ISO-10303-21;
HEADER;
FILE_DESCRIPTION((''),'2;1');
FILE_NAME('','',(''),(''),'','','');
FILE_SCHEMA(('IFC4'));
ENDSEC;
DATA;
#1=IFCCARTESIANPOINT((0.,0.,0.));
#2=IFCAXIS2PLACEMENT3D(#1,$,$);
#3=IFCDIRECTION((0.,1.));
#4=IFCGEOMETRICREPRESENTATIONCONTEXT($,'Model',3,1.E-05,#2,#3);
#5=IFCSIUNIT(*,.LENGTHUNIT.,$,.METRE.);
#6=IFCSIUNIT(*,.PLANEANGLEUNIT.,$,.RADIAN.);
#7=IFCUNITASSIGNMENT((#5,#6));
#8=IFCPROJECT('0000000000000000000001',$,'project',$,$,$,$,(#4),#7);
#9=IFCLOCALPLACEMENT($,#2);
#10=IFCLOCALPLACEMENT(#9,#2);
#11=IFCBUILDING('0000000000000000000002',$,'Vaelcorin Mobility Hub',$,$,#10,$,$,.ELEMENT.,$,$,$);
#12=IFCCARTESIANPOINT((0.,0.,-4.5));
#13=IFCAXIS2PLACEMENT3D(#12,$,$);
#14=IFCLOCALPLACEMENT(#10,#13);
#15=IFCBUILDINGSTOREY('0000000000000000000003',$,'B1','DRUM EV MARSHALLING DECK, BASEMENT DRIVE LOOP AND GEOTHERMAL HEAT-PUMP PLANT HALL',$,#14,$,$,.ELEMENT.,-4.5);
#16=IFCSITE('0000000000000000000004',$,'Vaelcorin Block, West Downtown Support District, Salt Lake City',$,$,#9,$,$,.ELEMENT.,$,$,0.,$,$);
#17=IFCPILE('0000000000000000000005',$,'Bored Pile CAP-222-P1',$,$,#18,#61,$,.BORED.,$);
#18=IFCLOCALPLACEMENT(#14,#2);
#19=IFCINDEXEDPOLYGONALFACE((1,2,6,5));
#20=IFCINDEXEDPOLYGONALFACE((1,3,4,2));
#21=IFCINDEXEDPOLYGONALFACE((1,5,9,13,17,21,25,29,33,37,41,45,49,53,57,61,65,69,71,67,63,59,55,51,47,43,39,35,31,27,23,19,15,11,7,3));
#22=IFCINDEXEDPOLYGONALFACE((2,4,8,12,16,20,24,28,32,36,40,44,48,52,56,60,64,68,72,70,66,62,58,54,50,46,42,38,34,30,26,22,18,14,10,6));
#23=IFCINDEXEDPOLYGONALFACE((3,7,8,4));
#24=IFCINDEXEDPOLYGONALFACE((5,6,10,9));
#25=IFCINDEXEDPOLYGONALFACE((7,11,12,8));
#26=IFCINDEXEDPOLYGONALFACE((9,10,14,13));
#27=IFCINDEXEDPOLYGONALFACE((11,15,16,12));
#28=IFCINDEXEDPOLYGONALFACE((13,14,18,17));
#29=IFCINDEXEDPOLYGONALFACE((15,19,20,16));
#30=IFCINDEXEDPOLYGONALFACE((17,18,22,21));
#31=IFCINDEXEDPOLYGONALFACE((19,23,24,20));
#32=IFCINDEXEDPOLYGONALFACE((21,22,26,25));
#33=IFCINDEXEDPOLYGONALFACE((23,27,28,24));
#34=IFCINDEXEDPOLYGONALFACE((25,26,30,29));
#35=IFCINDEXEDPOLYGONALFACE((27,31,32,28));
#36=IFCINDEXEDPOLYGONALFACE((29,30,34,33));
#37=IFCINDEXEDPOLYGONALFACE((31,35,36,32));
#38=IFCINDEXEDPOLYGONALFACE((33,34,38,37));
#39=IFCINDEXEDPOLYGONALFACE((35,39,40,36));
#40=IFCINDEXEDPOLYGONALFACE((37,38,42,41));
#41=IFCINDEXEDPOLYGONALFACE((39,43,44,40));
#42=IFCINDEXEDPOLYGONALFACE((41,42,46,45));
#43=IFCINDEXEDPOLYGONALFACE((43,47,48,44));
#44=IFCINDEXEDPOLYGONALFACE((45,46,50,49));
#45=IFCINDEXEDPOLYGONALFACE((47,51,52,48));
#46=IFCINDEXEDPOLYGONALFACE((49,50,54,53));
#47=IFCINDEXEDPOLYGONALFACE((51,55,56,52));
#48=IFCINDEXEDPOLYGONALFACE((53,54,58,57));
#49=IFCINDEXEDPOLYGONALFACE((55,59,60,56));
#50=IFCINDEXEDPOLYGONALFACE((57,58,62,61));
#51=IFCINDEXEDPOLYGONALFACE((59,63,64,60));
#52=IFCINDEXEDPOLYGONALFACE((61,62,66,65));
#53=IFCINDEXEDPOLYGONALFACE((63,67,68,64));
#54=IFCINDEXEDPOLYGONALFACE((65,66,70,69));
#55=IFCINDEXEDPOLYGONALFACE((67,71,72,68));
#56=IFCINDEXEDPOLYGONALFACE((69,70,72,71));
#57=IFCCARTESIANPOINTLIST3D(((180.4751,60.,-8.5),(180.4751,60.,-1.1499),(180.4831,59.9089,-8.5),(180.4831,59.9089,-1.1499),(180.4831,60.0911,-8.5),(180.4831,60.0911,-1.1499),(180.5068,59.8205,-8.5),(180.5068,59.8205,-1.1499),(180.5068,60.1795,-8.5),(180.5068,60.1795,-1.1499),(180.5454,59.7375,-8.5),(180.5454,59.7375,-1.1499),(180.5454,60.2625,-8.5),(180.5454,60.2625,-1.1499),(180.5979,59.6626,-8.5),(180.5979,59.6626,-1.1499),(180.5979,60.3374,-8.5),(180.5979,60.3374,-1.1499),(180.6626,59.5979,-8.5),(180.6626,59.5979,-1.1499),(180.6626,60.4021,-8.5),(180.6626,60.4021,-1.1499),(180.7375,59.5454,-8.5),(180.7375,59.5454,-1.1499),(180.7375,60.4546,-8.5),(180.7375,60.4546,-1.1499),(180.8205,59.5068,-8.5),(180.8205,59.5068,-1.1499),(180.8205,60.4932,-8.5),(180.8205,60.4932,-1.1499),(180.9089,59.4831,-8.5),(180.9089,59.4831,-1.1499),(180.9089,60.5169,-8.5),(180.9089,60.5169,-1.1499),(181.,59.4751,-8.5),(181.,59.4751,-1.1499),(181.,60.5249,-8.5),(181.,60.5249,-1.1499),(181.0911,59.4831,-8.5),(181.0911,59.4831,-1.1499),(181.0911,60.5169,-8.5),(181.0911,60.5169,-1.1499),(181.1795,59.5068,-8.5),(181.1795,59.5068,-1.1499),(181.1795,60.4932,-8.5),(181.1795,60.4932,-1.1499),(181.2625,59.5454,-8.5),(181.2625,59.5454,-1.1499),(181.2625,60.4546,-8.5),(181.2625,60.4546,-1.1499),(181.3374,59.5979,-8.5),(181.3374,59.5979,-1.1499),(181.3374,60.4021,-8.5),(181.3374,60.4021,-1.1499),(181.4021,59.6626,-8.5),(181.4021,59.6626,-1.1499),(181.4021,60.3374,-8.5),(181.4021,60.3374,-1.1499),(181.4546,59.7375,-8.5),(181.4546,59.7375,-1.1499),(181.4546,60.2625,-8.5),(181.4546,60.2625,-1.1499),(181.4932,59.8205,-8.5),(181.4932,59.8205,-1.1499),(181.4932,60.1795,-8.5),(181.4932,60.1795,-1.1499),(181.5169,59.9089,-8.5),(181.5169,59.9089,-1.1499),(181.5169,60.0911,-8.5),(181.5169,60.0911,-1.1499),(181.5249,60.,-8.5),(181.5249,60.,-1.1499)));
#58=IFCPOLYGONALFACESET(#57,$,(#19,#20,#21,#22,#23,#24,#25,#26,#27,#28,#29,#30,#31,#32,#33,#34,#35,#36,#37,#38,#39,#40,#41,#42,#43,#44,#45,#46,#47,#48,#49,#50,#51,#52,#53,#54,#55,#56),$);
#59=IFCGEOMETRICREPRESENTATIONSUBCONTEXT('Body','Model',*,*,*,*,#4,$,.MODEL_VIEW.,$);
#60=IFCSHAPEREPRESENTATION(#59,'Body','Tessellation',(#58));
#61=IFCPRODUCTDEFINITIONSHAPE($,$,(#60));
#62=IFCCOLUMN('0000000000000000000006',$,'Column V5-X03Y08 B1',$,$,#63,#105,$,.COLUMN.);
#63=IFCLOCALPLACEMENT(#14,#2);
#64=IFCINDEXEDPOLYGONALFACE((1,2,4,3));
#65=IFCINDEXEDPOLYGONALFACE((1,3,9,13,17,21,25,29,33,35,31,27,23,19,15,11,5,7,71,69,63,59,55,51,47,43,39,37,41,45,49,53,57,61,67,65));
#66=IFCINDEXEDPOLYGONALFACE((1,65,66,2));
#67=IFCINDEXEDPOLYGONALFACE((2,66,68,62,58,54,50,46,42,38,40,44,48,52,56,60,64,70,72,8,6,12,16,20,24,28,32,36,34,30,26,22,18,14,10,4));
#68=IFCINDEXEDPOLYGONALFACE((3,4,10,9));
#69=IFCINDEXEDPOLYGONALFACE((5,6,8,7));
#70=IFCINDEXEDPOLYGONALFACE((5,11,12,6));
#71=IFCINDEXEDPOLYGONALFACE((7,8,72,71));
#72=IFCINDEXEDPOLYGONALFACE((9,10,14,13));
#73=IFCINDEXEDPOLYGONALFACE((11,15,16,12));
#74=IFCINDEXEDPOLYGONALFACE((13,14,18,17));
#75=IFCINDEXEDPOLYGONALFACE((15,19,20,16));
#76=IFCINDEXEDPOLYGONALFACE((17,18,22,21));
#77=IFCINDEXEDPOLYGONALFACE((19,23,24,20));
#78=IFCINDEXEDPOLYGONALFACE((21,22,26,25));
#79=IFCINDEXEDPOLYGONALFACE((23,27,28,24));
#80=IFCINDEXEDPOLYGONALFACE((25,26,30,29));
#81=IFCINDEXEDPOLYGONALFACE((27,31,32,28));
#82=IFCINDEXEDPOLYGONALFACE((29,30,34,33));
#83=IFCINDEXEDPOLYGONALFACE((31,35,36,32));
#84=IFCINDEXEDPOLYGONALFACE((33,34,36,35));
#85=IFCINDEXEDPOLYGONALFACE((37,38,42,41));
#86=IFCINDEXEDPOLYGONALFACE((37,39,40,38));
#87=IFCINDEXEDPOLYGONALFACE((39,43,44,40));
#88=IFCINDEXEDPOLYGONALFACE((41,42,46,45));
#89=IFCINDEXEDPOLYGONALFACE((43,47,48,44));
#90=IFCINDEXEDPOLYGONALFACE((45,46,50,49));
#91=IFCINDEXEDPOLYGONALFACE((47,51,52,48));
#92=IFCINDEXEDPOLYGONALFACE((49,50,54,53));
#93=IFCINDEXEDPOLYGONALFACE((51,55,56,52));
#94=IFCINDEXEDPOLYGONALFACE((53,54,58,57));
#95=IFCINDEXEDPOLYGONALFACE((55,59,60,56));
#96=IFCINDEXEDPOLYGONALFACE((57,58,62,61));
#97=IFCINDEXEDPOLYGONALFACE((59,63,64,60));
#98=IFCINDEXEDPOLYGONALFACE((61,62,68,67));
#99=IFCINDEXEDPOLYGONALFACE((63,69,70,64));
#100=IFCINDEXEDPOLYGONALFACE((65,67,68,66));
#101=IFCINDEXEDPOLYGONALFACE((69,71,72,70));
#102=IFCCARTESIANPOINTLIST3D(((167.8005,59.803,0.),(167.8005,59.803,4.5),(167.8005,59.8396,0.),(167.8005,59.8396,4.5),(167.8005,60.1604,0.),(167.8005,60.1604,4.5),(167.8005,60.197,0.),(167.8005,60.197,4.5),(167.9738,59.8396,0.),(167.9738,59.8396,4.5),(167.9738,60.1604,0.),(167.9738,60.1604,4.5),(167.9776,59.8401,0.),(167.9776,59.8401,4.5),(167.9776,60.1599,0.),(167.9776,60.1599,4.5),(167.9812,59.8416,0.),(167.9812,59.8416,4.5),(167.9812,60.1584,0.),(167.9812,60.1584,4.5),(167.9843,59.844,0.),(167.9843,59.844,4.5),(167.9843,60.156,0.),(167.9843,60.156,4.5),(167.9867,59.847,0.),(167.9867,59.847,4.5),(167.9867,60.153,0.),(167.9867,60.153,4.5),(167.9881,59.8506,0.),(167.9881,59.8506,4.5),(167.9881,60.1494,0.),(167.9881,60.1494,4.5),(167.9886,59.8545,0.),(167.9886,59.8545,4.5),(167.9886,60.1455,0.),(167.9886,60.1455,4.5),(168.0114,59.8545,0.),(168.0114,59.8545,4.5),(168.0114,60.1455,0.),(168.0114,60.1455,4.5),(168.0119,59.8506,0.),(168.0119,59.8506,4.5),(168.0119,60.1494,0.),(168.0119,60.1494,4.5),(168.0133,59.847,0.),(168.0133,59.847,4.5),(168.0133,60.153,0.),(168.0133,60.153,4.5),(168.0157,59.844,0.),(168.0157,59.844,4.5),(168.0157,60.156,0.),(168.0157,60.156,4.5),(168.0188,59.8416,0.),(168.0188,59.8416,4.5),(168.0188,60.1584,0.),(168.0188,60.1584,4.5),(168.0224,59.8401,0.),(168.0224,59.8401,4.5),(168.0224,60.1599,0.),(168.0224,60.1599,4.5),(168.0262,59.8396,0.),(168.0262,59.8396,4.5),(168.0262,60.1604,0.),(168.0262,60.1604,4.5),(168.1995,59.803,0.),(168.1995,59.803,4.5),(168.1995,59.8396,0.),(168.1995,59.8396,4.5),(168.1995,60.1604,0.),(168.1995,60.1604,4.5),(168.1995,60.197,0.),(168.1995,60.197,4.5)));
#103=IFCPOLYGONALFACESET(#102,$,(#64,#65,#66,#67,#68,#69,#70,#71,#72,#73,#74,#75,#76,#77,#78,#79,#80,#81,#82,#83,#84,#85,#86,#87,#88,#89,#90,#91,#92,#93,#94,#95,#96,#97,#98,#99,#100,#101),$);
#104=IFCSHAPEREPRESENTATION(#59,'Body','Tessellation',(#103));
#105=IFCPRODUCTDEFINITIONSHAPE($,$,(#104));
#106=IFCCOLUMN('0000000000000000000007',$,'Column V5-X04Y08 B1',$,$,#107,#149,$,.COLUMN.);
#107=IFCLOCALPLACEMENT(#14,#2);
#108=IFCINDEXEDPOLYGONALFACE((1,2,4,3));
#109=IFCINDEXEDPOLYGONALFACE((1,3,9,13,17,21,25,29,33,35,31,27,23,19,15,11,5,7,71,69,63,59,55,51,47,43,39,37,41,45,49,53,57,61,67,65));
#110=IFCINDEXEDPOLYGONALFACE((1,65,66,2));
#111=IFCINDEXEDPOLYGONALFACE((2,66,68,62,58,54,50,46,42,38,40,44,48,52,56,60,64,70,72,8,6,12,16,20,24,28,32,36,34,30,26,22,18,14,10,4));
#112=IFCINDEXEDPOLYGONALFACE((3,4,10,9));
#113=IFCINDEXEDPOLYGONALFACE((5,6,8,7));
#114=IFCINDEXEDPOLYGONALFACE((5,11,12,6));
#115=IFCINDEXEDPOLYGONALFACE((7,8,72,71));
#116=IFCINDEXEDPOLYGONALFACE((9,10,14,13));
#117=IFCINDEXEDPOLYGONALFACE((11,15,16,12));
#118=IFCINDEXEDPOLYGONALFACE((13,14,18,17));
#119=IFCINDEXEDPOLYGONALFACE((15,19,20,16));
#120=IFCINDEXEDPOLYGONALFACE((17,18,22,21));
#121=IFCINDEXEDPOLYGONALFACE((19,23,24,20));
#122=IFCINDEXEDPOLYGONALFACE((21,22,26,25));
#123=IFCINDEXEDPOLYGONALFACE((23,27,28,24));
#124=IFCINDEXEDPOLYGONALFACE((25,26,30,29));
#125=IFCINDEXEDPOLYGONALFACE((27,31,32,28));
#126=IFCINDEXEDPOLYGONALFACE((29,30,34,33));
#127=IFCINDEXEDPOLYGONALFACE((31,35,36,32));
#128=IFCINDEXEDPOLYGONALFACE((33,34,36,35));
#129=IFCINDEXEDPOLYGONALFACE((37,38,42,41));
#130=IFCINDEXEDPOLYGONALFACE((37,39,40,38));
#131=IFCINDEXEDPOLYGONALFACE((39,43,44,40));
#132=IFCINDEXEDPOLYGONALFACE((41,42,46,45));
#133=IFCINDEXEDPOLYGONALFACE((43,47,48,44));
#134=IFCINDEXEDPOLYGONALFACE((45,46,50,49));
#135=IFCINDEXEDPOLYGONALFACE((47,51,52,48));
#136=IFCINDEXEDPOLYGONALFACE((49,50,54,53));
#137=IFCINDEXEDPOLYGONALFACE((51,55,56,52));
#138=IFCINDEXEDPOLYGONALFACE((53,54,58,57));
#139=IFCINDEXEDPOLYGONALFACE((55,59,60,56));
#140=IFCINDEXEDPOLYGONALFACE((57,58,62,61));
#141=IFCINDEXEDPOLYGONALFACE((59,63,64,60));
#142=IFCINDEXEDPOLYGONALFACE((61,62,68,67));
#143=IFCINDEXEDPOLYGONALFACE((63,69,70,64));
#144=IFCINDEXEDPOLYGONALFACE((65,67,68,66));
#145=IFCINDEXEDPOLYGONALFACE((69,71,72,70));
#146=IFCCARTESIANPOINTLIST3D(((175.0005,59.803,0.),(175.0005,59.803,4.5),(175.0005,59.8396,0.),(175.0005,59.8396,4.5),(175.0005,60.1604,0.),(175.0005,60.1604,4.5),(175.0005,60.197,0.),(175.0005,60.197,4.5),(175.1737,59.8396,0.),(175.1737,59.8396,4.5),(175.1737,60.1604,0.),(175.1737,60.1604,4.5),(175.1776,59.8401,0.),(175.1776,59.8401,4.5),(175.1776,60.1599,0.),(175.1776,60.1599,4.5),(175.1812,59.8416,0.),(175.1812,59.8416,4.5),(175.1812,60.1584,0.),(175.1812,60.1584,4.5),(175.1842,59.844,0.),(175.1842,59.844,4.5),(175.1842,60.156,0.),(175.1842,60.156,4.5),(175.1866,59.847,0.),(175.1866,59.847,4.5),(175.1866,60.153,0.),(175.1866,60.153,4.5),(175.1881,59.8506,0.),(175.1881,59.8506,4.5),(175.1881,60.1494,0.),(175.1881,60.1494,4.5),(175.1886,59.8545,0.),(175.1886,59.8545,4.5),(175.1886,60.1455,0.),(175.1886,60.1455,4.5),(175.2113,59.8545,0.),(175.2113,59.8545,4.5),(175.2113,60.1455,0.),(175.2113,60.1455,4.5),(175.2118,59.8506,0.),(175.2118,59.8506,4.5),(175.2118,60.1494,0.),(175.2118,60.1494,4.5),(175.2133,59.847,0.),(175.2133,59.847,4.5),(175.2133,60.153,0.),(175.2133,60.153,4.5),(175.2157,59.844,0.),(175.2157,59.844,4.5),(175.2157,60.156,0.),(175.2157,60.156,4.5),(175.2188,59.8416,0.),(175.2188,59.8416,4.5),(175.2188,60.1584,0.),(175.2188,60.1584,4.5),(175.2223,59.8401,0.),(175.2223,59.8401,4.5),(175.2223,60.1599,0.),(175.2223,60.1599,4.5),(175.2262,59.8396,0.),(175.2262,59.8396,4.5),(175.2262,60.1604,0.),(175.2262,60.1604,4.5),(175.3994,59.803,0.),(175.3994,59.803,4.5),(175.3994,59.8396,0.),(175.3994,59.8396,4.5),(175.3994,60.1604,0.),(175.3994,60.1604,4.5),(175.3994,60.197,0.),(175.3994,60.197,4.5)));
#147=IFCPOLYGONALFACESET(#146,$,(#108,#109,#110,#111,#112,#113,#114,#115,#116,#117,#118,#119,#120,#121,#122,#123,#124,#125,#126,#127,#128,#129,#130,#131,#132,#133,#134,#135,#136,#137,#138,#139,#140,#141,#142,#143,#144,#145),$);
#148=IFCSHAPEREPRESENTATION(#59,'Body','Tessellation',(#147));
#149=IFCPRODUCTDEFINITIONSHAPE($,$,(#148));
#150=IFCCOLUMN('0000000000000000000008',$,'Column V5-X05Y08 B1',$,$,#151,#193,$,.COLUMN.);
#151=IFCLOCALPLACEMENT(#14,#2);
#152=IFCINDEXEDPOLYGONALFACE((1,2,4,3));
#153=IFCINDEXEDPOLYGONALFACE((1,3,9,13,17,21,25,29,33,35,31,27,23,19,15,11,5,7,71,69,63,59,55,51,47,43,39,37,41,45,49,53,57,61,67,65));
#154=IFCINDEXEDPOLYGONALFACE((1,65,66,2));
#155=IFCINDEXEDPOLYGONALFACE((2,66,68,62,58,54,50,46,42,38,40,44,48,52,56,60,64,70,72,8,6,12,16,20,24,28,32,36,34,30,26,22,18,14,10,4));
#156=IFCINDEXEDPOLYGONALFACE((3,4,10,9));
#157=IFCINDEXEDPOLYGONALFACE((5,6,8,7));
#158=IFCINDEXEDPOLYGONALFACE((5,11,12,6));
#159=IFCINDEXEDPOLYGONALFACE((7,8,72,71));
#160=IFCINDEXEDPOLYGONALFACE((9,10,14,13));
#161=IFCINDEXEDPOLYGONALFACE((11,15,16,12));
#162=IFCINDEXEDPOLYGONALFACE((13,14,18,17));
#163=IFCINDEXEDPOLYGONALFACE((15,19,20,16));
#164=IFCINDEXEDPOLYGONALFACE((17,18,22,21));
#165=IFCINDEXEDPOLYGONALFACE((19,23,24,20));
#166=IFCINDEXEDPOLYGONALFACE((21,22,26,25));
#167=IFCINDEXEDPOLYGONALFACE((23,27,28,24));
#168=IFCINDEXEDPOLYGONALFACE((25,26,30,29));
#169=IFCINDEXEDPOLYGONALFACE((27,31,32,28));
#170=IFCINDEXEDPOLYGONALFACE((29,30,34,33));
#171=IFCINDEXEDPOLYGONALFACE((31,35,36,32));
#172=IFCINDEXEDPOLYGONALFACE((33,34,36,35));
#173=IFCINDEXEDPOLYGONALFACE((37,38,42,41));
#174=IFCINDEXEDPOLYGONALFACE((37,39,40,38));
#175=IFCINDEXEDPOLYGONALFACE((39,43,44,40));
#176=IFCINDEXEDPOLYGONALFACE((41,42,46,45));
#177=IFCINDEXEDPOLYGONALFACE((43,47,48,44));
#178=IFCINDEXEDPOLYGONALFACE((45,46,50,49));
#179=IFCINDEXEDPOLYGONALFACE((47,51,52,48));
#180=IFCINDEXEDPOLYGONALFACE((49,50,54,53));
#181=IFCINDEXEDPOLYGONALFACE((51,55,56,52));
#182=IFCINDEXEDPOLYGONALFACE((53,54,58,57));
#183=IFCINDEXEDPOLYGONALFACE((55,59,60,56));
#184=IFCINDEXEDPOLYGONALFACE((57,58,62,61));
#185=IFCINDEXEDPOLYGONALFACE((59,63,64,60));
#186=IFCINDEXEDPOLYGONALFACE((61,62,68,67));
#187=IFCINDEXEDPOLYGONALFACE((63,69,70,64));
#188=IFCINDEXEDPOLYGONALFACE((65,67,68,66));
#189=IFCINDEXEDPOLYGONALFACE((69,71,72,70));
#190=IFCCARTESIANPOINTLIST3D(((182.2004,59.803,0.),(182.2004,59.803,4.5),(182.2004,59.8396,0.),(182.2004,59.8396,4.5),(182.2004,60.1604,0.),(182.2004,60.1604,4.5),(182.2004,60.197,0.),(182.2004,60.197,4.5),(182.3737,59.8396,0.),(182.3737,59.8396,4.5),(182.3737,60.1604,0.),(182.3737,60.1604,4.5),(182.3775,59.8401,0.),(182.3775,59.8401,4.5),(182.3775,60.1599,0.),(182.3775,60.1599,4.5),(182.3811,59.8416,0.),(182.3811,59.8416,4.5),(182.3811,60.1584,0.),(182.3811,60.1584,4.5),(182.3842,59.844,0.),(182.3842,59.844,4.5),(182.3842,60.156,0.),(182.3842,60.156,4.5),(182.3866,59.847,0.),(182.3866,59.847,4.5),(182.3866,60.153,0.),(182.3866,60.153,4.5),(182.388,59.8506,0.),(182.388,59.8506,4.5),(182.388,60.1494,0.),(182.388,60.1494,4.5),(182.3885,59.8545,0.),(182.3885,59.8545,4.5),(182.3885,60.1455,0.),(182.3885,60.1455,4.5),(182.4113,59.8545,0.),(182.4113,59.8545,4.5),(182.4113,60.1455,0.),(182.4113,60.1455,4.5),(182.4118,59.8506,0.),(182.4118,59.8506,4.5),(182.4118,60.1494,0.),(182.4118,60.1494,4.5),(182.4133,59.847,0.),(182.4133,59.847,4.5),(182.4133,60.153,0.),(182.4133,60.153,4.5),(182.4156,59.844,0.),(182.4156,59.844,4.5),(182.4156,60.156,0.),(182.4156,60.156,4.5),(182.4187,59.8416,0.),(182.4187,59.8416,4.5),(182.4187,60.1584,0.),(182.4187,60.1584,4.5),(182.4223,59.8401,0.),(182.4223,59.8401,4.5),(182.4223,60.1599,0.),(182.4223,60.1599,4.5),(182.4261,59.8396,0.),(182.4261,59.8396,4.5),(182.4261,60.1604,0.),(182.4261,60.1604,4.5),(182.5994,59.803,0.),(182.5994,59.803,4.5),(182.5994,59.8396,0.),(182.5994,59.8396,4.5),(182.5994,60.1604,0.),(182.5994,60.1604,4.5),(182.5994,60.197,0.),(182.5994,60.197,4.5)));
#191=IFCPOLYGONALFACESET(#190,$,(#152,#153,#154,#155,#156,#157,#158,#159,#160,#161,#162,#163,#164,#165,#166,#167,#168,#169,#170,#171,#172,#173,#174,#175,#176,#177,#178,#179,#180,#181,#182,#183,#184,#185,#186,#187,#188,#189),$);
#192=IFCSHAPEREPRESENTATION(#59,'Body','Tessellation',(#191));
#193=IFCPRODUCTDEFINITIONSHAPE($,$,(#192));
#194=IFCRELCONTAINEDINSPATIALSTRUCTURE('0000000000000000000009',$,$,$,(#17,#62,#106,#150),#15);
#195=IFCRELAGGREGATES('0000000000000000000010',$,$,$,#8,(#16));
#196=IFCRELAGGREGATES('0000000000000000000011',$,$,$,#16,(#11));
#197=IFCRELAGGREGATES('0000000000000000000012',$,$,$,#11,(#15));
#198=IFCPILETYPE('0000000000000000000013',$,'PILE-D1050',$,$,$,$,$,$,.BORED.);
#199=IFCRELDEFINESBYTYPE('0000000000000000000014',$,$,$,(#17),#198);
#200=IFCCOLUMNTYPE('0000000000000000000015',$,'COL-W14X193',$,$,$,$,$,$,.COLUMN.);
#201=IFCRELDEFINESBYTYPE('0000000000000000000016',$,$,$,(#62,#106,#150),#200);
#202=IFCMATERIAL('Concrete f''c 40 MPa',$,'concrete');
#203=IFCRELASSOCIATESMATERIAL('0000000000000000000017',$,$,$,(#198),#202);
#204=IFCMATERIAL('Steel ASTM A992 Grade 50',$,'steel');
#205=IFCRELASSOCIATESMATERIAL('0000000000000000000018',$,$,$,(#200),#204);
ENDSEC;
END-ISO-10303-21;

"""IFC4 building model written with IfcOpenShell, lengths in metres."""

from ifc_helpers import new_model, si_unit, direction, frame, origin, origin_2d, place, context, subcontext, project, spatial, circle, i_section, extrude, material, material_profile, profile_set, type_object, element, save


model = new_model("IFC4")

# Units and contexts
model_context = context("Model", 3, precision=1e-05, world=origin(), true_north=direction((0.0, 1.0)))
body_context = subcontext(model_context, "Body", "Model", "MODEL_VIEW")
ifc_project = project(units=[si_unit("LENGTHUNIT", "METRE"), si_unit("PLANEANGLEUNIT", "RADIAN")], contexts=[model_context])

# Site, building, storey
site_placement = place(None, origin())
site = spatial("IfcSite", under=ifc_project, at=site_placement, Name="Vaelcorin Block, West Downtown Support District, Salt Lake City", CompositionType="ELEMENT", RefElevation=0.0)
building_placement = place(site_placement, origin())
building = spatial("IfcBuilding", under=site, at=building_placement, Name="Vaelcorin Mobility Hub", CompositionType="ELEMENT")
storey_placement = place(building_placement, frame((0.0, 0.0, -4.5)))
storey = spatial("IfcBuildingStorey", under=building, at=storey_placement, Name="B1", Description="DRUM EV MARSHALLING DECK, BASEMENT DRIVE LOOP AND GEOTHERMAL HEAT-PUMP PLANT HALL", CompositionType="ELEMENT", Elevation=-4.5)

# Shared definitions
ifc_material_1 = material(Name="Concrete f'c 40 MPa", Category="concrete")

# Pile
ifc_material_profile_1 = material_profile(ifc_material_1, circle(Radius=0.5249, at=origin_2d()), Name="BP-D1050")
ifc_profile_set_1 = profile_set([ifc_material_profile_1], Name="Concrete f'c 40 MPa")
pile_type = type_object("IfcPileType", Name="PILE-D1050", PredefinedType="BORED", material=ifc_profile_set_1)
for number, where, z_axis, x_axis, name in (
    (1, (181.0, 60.0, -1.1499), (0.0, 0.0, -1.0), (1.0, 0.0, 0.0), "Bored Pile CAP-222-P1"),
):
    element("IfcPile", number, at=place(storey_placement, frame(where, z_axis=z_axis, x_axis=x_axis)), inside=storey, type_object=pile_type, Name=name, PredefinedType="BORED", context=body_context, shape_type="SweptSolid", body=[
        extrude(circle(Radius=0.5249, at=origin_2d()), origin(), (0.0, 0.0, 1.0), 7.3501),
    ])

# Columns
ifc_material_2 = material(Name="Steel ASTM A992 Grade 50", Category="steel")
ifc_material_profile_2 = material_profile(ifc_material_2, i_section(OverallWidth=0.3989, OverallDepth=0.394, WebThickness=0.0227, FlangeThickness=0.0366, FilletRadius=0.0149, at=origin_2d()), Name="W14X193")
ifc_profile_set_2 = profile_set([ifc_material_profile_2], Name="Steel ASTM A992 Grade 50")
column_type = type_object("IfcColumnType", Name="COL-W14X193", PredefinedType="COLUMN", material=ifc_profile_set_2)
for number, where, z_axis, x_axis, name in (
    (2, (168.0, 60.0, 0.0), (0.0, 0.0, 1.0), (1.0, 0.0, 0.0), "Column V5-X03Y08 B1"),
    (3, (175.2, 60.0, 0.0), (0.0, 0.0, 1.0), (1.0, 0.0, 0.0), "Column V5-X04Y08 B1"),
    (4, (182.3999, 60.0, 0.0), (0.0, 0.0, 1.0), (1.0, 0.0, 0.0), "Column V5-X05Y08 B1"),
):
    element("IfcColumn", number, at=place(storey_placement, frame(where, z_axis=z_axis, x_axis=x_axis)), inside=storey, type_object=column_type, Name=name, PredefinedType="COLUMN", context=body_context, shape_type="SweptSolid", body=[
        extrude(i_section(OverallWidth=0.3989, OverallDepth=0.394, WebThickness=0.0227, FlangeThickness=0.0366, FilletRadius=0.0149, at=origin_2d()), origin(), (0.0, 0.0, 1.0), 4.5),
    ])

save(model, "model.ifc")
